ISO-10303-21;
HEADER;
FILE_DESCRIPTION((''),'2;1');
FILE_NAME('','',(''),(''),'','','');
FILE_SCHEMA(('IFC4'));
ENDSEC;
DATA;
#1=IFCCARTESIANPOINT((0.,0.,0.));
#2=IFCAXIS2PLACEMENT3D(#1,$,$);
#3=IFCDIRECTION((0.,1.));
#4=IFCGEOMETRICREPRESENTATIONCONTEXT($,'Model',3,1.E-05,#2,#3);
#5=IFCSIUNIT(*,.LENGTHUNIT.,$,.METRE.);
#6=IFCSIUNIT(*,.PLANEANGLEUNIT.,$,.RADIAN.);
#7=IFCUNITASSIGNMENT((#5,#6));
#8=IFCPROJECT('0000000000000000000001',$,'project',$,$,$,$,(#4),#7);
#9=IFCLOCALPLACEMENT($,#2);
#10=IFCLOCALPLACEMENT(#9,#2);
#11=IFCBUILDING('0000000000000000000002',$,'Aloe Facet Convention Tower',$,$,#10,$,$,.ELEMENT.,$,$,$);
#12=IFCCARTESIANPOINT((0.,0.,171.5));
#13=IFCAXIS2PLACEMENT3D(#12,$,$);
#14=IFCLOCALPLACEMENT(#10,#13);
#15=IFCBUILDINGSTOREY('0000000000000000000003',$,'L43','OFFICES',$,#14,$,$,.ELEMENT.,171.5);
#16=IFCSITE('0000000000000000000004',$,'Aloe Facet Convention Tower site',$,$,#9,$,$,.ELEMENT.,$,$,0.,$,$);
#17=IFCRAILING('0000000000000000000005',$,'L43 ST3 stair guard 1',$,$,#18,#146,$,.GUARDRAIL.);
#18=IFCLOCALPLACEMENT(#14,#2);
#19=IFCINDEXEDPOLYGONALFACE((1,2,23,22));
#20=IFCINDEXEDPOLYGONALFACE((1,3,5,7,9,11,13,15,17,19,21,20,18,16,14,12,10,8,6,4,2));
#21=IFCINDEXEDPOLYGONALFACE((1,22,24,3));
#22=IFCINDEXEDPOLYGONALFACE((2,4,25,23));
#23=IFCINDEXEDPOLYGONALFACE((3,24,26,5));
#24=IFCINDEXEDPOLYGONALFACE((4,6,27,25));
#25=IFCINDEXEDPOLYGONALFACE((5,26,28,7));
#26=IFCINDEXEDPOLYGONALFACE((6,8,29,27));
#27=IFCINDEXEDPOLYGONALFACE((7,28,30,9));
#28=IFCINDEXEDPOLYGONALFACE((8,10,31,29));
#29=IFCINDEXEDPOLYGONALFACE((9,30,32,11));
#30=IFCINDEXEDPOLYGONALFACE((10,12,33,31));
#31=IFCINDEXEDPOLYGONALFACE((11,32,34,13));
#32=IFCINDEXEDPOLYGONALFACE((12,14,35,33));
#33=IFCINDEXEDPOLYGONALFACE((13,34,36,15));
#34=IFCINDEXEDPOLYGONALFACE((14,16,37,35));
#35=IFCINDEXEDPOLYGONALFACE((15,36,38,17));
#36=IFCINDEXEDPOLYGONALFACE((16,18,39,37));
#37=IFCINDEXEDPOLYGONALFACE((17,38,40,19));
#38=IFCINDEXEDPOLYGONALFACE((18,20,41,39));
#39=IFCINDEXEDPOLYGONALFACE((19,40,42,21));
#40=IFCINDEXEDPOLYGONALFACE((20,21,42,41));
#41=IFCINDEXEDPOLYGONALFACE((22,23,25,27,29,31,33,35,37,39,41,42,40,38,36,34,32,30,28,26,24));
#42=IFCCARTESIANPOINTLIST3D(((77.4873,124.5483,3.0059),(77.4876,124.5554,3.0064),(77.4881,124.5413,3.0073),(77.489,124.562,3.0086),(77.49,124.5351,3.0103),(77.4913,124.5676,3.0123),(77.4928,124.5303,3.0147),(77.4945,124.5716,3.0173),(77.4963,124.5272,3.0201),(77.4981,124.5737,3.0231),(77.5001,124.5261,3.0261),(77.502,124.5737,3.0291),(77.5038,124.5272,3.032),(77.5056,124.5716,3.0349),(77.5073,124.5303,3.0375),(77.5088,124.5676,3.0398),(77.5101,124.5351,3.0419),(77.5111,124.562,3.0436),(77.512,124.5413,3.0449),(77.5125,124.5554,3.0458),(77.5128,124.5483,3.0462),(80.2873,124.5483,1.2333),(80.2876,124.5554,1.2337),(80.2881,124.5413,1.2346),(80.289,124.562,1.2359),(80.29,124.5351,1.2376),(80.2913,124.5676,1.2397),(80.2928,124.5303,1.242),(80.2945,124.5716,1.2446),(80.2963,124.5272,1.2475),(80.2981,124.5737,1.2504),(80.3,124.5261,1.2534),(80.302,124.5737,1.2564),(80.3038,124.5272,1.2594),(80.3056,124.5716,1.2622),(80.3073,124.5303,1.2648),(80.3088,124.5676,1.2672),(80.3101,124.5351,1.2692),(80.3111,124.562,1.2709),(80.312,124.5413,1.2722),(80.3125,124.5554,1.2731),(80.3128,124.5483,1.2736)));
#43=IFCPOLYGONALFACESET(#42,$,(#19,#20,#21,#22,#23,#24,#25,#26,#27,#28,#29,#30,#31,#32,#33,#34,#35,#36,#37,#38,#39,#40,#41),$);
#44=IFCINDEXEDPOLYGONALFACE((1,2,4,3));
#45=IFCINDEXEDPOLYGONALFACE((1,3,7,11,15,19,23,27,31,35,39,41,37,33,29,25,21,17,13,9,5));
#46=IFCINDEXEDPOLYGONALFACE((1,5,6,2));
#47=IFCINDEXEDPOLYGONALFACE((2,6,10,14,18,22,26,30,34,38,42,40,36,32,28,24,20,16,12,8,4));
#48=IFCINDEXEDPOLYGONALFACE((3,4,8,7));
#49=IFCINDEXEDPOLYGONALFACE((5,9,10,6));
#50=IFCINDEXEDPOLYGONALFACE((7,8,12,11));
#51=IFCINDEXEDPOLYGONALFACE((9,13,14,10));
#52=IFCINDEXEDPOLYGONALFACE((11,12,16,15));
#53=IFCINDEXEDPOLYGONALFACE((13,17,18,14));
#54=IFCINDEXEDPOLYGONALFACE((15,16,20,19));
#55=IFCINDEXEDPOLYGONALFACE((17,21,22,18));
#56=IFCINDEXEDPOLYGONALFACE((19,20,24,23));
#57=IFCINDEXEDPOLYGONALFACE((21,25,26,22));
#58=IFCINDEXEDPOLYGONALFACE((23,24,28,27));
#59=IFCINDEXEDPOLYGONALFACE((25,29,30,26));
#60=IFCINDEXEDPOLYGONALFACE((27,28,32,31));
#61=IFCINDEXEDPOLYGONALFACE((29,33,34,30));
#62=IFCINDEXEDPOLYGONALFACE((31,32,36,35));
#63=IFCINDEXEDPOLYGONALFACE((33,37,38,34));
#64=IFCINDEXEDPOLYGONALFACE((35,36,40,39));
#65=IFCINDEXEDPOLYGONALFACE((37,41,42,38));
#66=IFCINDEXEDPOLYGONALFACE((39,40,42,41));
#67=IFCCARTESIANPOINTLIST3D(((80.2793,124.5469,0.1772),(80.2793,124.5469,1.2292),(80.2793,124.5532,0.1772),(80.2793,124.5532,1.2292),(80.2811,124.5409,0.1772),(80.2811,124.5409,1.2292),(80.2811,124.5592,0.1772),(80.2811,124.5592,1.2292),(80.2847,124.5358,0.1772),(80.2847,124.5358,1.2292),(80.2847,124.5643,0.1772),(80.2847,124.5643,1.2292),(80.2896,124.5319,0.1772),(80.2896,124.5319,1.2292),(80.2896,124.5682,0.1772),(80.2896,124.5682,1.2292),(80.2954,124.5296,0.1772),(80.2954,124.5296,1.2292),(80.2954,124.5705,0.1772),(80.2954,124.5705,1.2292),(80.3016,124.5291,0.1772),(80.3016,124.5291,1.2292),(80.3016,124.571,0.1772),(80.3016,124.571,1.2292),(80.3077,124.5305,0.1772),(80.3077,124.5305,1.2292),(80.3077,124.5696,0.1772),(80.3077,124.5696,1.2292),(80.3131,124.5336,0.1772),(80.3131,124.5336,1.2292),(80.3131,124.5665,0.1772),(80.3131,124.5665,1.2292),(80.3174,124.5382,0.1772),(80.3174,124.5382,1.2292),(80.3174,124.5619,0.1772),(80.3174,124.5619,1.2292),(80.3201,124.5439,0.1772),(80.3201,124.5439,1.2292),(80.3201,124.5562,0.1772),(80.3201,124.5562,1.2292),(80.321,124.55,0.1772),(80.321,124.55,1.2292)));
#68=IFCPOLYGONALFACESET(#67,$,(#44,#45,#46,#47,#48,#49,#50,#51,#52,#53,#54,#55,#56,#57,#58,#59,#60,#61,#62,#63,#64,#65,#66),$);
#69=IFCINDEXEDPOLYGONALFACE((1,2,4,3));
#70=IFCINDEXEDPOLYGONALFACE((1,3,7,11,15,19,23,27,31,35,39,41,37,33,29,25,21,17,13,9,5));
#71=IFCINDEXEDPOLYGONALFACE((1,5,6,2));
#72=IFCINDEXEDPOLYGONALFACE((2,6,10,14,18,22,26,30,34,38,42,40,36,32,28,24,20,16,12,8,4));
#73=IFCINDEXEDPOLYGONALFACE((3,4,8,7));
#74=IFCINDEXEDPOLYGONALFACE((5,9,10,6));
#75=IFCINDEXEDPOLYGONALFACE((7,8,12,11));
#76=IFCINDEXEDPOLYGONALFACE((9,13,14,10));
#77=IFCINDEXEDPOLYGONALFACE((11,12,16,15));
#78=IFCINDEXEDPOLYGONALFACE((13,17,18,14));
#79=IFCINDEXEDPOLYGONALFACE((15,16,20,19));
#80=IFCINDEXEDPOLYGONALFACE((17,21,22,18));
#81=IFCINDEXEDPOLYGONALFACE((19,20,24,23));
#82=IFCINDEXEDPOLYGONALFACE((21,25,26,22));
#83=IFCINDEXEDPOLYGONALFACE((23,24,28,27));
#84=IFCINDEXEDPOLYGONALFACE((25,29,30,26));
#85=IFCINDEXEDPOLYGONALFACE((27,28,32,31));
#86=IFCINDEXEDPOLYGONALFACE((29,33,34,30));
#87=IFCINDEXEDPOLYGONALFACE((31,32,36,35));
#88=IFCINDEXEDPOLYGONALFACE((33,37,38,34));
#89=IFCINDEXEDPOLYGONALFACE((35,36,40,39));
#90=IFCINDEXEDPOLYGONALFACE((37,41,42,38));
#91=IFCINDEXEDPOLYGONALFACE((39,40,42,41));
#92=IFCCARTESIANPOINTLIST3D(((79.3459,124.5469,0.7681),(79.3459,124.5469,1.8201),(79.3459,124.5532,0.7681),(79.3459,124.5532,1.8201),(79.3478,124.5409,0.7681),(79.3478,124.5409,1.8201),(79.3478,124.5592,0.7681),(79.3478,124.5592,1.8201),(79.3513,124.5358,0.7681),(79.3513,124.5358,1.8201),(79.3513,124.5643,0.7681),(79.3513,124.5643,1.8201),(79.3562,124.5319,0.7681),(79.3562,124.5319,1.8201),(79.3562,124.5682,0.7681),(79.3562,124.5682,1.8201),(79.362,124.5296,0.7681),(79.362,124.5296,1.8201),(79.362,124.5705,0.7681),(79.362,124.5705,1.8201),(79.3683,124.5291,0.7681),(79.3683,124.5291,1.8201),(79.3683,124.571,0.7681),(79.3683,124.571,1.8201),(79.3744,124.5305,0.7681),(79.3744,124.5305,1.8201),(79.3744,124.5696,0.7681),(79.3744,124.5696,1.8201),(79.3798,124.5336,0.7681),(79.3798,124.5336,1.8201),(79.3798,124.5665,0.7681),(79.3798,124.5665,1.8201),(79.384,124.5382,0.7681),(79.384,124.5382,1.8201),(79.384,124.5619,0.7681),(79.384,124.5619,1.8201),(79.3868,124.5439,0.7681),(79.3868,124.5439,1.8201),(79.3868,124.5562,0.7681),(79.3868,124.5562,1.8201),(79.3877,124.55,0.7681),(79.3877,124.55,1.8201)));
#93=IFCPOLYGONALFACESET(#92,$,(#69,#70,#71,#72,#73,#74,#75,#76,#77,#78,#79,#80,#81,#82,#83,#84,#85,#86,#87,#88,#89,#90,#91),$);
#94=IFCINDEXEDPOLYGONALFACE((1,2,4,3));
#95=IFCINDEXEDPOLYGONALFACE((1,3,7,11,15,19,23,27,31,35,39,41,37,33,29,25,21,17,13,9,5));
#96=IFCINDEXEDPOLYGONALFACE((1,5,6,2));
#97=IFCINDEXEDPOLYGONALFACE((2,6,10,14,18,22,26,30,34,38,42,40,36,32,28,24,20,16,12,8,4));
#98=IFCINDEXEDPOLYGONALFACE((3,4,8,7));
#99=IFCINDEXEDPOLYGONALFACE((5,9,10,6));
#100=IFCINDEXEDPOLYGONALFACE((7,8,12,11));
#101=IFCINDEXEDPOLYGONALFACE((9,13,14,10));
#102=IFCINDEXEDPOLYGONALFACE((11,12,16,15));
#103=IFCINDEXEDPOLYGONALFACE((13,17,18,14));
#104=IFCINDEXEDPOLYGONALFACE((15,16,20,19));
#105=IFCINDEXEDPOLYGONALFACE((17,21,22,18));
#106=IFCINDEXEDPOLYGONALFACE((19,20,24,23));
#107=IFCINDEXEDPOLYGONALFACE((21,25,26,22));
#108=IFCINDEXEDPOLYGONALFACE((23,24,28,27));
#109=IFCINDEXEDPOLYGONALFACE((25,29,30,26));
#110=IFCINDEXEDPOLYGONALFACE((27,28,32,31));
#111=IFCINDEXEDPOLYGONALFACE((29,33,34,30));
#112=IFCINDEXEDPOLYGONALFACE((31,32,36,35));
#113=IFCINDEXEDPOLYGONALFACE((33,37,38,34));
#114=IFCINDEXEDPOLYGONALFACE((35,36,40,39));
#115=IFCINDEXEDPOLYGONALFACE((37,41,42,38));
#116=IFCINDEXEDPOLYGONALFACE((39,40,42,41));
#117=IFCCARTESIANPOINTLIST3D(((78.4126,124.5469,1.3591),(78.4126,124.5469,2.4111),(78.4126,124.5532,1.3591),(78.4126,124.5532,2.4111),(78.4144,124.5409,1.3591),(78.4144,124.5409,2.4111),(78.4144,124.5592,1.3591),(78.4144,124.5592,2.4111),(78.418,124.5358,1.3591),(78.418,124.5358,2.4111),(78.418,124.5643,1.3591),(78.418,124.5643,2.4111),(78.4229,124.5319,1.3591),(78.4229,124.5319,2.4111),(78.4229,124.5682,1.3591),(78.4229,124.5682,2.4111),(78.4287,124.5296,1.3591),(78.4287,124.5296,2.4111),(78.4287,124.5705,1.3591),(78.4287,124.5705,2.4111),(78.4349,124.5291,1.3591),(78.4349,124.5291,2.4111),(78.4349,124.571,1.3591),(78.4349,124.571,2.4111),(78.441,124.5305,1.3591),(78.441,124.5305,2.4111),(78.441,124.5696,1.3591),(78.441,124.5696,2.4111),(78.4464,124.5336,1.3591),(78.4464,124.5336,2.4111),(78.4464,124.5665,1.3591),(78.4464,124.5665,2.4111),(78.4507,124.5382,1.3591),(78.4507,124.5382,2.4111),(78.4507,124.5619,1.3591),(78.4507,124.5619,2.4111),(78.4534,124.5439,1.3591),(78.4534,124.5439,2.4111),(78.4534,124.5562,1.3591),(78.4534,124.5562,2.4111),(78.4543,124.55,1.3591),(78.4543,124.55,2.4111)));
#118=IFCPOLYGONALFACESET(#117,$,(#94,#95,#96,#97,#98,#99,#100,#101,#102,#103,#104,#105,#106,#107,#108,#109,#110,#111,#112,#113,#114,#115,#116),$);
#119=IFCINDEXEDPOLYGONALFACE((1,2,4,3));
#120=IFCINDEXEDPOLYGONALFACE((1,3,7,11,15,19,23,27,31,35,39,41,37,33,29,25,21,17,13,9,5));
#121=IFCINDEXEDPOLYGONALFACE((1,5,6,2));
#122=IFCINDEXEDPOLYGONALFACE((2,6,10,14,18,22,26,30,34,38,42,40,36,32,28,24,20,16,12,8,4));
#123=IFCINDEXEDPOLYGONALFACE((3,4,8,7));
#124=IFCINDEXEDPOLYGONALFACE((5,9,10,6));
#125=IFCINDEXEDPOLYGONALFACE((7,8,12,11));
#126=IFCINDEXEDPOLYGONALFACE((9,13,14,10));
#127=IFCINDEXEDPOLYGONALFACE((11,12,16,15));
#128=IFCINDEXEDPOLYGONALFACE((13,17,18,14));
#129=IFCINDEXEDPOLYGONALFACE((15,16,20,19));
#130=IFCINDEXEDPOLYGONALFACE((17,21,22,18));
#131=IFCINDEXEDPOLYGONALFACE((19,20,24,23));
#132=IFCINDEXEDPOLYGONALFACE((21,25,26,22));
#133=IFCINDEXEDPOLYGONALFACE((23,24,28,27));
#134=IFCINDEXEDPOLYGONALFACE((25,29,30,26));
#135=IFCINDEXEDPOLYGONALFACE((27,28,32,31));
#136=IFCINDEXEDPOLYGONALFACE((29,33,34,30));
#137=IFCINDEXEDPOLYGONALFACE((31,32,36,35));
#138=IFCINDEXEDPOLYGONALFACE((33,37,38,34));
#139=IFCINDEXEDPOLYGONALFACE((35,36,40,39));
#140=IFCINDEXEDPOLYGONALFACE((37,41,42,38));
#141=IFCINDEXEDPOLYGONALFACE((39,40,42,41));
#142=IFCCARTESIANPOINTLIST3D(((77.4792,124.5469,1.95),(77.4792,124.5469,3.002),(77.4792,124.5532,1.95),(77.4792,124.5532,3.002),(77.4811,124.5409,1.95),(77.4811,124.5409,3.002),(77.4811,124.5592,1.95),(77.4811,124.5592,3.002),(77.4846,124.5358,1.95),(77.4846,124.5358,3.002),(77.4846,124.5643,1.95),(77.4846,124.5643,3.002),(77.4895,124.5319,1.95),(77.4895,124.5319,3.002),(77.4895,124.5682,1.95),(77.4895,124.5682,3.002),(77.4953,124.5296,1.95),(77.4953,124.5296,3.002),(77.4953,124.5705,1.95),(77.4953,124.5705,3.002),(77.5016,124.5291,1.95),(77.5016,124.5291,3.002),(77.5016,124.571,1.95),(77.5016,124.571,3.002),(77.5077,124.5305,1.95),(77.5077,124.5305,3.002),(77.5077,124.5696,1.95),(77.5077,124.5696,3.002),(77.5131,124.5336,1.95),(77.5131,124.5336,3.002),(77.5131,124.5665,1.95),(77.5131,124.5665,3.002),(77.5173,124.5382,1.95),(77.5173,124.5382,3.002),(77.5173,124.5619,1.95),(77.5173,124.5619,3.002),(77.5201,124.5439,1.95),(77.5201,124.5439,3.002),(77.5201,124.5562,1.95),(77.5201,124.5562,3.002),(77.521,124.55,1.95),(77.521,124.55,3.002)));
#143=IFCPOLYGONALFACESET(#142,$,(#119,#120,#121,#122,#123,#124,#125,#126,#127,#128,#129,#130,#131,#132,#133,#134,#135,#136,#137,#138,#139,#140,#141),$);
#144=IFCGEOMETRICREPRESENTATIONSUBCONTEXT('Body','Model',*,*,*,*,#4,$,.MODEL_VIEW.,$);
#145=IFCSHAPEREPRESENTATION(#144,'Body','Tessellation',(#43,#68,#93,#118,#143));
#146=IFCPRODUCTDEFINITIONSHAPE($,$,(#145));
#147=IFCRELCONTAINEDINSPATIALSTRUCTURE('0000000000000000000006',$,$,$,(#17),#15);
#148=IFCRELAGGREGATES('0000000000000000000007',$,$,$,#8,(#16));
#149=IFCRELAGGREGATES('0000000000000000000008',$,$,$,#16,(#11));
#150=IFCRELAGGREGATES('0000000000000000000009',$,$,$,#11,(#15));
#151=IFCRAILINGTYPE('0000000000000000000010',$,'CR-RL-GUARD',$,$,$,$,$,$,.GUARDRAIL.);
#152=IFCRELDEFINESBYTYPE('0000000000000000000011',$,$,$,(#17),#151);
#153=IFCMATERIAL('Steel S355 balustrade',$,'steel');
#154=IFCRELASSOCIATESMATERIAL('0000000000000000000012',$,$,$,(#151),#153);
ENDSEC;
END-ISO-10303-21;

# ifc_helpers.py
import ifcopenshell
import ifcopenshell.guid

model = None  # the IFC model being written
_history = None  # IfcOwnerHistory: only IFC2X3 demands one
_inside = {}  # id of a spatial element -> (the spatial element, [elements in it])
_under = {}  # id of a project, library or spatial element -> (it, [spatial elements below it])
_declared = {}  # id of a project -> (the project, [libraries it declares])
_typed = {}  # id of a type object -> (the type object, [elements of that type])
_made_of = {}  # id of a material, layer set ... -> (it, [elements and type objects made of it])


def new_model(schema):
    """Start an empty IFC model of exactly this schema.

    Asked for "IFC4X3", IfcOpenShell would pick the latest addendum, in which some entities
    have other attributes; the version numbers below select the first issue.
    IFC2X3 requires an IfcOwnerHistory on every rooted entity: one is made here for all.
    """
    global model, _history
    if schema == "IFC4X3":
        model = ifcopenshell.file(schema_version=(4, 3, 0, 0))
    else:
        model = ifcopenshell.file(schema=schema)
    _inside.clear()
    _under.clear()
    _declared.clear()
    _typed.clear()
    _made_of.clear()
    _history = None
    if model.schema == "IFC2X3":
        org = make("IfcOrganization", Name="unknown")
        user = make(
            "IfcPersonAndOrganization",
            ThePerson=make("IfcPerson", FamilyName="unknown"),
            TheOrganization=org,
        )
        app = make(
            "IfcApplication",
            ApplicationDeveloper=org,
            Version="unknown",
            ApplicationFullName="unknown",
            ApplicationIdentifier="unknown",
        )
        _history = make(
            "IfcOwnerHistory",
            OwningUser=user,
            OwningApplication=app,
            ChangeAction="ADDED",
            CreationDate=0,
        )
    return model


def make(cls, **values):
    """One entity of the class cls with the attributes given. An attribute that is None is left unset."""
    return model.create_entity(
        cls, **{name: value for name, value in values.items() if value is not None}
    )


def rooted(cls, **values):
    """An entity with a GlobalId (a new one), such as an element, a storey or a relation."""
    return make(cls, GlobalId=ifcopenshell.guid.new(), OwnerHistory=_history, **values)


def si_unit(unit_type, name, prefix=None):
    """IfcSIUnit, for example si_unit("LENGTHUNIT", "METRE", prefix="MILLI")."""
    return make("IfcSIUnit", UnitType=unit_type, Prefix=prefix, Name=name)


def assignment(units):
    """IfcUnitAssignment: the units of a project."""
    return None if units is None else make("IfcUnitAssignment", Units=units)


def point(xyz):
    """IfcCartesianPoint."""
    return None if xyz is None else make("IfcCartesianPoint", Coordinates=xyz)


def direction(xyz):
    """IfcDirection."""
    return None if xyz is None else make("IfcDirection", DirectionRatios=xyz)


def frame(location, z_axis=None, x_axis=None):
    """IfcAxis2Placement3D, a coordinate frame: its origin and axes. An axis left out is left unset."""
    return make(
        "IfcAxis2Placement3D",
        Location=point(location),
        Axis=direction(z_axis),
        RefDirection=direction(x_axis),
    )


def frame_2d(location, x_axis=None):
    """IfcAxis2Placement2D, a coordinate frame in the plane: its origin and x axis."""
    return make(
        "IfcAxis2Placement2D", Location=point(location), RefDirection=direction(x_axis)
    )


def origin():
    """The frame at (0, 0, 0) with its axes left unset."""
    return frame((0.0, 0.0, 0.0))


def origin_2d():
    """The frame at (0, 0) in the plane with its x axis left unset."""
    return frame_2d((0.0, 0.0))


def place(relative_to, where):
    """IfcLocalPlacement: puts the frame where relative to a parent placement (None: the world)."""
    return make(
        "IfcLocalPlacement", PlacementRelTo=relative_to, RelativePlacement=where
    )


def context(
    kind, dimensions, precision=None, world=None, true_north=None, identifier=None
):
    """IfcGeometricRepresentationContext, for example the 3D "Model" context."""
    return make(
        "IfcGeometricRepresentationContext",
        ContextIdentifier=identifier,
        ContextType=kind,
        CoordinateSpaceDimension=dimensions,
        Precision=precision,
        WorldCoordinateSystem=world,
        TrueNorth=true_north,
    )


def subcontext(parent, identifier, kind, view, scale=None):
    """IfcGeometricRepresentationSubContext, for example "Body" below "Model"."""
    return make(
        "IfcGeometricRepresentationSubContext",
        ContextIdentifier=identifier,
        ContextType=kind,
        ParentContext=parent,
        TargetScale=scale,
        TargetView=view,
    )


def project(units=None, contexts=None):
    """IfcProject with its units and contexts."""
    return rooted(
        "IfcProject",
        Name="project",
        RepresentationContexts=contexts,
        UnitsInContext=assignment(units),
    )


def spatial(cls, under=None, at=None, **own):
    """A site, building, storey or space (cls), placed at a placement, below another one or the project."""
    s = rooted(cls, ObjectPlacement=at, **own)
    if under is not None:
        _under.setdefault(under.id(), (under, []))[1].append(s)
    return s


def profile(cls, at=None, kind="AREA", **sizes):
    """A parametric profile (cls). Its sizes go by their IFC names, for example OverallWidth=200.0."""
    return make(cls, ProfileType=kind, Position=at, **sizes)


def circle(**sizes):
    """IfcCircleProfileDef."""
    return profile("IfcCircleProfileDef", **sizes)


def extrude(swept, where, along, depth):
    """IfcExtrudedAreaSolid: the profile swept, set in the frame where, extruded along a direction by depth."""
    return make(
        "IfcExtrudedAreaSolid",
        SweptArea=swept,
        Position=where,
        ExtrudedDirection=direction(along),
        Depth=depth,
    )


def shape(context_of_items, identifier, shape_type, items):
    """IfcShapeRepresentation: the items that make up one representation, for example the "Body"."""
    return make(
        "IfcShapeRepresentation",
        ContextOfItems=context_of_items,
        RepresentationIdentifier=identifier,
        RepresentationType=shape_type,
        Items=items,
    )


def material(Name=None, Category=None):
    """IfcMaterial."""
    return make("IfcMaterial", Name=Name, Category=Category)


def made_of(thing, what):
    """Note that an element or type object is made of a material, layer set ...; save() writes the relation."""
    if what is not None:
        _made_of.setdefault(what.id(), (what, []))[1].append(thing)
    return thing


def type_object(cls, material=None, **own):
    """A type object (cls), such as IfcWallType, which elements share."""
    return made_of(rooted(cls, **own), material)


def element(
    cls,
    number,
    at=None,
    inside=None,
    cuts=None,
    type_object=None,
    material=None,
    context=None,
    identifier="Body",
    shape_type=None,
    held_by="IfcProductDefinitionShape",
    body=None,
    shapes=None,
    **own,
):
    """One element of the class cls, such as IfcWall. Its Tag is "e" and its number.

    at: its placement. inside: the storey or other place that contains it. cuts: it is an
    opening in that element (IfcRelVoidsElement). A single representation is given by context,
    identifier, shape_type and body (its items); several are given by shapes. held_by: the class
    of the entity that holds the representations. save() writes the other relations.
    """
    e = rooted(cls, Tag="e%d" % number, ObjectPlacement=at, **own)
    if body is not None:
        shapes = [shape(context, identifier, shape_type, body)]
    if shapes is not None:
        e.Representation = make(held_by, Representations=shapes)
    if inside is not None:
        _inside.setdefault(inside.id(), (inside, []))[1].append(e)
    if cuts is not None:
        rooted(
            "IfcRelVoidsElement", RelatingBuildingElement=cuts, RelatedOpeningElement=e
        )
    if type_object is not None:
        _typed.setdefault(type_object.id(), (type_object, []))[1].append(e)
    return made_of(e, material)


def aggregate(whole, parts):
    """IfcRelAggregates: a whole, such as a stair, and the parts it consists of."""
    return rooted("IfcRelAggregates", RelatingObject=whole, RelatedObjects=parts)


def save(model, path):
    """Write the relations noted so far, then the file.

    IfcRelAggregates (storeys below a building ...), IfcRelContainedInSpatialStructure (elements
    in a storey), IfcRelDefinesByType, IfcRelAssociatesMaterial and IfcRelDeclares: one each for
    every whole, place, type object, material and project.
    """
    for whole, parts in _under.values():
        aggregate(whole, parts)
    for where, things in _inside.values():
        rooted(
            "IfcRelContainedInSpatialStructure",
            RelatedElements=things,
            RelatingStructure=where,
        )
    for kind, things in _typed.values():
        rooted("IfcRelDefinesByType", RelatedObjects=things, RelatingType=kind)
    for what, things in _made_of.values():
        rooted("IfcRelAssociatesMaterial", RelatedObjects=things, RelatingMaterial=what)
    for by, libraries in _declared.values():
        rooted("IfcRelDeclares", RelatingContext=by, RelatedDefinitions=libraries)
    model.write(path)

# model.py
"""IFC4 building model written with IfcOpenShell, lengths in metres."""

from ifc_helpers import new_model, si_unit, direction, frame, origin, origin_2d, place, context, subcontext, project, spatial, circle, extrude, material, type_object, element, save


model = new_model("IFC4")

# Units and contexts
model_context = context("Model", 3, precision=1e-05, world=origin(), true_north=direction((0.0, 1.0)))
body_context = subcontext(model_context, "Body", "Model", "MODEL_VIEW")
ifc_project = project(units=[si_unit("LENGTHUNIT", "METRE"), si_unit("PLANEANGLEUNIT", "RADIAN")], contexts=[model_context])

# Site, building, storey
site_placement = place(None, origin())
site = spatial("IfcSite", under=ifc_project, at=site_placement, Name="Aloe Facet Convention Tower site", CompositionType="ELEMENT", RefElevation=0.0)
building_placement = place(site_placement, origin())
building = spatial("IfcBuilding", under=site, at=building_placement, Name="Aloe Facet Convention Tower", CompositionType="ELEMENT")
storey_placement = place(building_placement, frame((0.0, 0.0, 171.5)))
storey = spatial("IfcBuildingStorey", under=building, at=storey_placement, Name="L43", Description="OFFICES", CompositionType="ELEMENT", Elevation=171.5)

# Railing
ifc_material_1 = material(Name="Steel S355 balustrade", Category="steel")
railing_type_1 = type_object("IfcRailingType", Name="CR-RL-GUARD", PredefinedType="GUARDRAIL", material=ifc_material_1)
railing_1_placement = place(storey_placement, frame((80.3, 124.55, 0.1772)))
element("IfcRailing", 1, at=railing_1_placement, inside=storey, type_object=railing_type_1, Name="L43 ST3 stair guard 1", PredefinedType="GUARDRAIL", context=body_context, shape_type="SweptSolid", body=[
    extrude(circle(Radius=0.0239, at=origin_2d()), frame((0.0, 0.0, 1.0762), z_axis=(-0.844909, 0.0, 0.53491), x_axis=(0.0, -1.0, 0.0)), (0.0, 0.0, 1.0), 3.314),
    extrude(circle(Radius=0.021, at=origin_2d()), origin(), (0.0, 0.0, 1.0), 1.052),
    extrude(circle(Radius=0.021, at=origin_2d()), frame((-0.9333, 0.0, 0.5908)), (0.0, 0.0, 1.0), 1.052),
    extrude(circle(Radius=0.021, at=origin_2d()), frame((-1.8667, 0.0, 1.1819)), (0.0, 0.0, 1.0), 1.052),
    extrude(circle(Radius=0.021, at=origin_2d()), frame((-2.8, 0.0, 1.7727)), (0.0, 0.0, 1.0), 1.052),
])

save(model, "model.ifc")
